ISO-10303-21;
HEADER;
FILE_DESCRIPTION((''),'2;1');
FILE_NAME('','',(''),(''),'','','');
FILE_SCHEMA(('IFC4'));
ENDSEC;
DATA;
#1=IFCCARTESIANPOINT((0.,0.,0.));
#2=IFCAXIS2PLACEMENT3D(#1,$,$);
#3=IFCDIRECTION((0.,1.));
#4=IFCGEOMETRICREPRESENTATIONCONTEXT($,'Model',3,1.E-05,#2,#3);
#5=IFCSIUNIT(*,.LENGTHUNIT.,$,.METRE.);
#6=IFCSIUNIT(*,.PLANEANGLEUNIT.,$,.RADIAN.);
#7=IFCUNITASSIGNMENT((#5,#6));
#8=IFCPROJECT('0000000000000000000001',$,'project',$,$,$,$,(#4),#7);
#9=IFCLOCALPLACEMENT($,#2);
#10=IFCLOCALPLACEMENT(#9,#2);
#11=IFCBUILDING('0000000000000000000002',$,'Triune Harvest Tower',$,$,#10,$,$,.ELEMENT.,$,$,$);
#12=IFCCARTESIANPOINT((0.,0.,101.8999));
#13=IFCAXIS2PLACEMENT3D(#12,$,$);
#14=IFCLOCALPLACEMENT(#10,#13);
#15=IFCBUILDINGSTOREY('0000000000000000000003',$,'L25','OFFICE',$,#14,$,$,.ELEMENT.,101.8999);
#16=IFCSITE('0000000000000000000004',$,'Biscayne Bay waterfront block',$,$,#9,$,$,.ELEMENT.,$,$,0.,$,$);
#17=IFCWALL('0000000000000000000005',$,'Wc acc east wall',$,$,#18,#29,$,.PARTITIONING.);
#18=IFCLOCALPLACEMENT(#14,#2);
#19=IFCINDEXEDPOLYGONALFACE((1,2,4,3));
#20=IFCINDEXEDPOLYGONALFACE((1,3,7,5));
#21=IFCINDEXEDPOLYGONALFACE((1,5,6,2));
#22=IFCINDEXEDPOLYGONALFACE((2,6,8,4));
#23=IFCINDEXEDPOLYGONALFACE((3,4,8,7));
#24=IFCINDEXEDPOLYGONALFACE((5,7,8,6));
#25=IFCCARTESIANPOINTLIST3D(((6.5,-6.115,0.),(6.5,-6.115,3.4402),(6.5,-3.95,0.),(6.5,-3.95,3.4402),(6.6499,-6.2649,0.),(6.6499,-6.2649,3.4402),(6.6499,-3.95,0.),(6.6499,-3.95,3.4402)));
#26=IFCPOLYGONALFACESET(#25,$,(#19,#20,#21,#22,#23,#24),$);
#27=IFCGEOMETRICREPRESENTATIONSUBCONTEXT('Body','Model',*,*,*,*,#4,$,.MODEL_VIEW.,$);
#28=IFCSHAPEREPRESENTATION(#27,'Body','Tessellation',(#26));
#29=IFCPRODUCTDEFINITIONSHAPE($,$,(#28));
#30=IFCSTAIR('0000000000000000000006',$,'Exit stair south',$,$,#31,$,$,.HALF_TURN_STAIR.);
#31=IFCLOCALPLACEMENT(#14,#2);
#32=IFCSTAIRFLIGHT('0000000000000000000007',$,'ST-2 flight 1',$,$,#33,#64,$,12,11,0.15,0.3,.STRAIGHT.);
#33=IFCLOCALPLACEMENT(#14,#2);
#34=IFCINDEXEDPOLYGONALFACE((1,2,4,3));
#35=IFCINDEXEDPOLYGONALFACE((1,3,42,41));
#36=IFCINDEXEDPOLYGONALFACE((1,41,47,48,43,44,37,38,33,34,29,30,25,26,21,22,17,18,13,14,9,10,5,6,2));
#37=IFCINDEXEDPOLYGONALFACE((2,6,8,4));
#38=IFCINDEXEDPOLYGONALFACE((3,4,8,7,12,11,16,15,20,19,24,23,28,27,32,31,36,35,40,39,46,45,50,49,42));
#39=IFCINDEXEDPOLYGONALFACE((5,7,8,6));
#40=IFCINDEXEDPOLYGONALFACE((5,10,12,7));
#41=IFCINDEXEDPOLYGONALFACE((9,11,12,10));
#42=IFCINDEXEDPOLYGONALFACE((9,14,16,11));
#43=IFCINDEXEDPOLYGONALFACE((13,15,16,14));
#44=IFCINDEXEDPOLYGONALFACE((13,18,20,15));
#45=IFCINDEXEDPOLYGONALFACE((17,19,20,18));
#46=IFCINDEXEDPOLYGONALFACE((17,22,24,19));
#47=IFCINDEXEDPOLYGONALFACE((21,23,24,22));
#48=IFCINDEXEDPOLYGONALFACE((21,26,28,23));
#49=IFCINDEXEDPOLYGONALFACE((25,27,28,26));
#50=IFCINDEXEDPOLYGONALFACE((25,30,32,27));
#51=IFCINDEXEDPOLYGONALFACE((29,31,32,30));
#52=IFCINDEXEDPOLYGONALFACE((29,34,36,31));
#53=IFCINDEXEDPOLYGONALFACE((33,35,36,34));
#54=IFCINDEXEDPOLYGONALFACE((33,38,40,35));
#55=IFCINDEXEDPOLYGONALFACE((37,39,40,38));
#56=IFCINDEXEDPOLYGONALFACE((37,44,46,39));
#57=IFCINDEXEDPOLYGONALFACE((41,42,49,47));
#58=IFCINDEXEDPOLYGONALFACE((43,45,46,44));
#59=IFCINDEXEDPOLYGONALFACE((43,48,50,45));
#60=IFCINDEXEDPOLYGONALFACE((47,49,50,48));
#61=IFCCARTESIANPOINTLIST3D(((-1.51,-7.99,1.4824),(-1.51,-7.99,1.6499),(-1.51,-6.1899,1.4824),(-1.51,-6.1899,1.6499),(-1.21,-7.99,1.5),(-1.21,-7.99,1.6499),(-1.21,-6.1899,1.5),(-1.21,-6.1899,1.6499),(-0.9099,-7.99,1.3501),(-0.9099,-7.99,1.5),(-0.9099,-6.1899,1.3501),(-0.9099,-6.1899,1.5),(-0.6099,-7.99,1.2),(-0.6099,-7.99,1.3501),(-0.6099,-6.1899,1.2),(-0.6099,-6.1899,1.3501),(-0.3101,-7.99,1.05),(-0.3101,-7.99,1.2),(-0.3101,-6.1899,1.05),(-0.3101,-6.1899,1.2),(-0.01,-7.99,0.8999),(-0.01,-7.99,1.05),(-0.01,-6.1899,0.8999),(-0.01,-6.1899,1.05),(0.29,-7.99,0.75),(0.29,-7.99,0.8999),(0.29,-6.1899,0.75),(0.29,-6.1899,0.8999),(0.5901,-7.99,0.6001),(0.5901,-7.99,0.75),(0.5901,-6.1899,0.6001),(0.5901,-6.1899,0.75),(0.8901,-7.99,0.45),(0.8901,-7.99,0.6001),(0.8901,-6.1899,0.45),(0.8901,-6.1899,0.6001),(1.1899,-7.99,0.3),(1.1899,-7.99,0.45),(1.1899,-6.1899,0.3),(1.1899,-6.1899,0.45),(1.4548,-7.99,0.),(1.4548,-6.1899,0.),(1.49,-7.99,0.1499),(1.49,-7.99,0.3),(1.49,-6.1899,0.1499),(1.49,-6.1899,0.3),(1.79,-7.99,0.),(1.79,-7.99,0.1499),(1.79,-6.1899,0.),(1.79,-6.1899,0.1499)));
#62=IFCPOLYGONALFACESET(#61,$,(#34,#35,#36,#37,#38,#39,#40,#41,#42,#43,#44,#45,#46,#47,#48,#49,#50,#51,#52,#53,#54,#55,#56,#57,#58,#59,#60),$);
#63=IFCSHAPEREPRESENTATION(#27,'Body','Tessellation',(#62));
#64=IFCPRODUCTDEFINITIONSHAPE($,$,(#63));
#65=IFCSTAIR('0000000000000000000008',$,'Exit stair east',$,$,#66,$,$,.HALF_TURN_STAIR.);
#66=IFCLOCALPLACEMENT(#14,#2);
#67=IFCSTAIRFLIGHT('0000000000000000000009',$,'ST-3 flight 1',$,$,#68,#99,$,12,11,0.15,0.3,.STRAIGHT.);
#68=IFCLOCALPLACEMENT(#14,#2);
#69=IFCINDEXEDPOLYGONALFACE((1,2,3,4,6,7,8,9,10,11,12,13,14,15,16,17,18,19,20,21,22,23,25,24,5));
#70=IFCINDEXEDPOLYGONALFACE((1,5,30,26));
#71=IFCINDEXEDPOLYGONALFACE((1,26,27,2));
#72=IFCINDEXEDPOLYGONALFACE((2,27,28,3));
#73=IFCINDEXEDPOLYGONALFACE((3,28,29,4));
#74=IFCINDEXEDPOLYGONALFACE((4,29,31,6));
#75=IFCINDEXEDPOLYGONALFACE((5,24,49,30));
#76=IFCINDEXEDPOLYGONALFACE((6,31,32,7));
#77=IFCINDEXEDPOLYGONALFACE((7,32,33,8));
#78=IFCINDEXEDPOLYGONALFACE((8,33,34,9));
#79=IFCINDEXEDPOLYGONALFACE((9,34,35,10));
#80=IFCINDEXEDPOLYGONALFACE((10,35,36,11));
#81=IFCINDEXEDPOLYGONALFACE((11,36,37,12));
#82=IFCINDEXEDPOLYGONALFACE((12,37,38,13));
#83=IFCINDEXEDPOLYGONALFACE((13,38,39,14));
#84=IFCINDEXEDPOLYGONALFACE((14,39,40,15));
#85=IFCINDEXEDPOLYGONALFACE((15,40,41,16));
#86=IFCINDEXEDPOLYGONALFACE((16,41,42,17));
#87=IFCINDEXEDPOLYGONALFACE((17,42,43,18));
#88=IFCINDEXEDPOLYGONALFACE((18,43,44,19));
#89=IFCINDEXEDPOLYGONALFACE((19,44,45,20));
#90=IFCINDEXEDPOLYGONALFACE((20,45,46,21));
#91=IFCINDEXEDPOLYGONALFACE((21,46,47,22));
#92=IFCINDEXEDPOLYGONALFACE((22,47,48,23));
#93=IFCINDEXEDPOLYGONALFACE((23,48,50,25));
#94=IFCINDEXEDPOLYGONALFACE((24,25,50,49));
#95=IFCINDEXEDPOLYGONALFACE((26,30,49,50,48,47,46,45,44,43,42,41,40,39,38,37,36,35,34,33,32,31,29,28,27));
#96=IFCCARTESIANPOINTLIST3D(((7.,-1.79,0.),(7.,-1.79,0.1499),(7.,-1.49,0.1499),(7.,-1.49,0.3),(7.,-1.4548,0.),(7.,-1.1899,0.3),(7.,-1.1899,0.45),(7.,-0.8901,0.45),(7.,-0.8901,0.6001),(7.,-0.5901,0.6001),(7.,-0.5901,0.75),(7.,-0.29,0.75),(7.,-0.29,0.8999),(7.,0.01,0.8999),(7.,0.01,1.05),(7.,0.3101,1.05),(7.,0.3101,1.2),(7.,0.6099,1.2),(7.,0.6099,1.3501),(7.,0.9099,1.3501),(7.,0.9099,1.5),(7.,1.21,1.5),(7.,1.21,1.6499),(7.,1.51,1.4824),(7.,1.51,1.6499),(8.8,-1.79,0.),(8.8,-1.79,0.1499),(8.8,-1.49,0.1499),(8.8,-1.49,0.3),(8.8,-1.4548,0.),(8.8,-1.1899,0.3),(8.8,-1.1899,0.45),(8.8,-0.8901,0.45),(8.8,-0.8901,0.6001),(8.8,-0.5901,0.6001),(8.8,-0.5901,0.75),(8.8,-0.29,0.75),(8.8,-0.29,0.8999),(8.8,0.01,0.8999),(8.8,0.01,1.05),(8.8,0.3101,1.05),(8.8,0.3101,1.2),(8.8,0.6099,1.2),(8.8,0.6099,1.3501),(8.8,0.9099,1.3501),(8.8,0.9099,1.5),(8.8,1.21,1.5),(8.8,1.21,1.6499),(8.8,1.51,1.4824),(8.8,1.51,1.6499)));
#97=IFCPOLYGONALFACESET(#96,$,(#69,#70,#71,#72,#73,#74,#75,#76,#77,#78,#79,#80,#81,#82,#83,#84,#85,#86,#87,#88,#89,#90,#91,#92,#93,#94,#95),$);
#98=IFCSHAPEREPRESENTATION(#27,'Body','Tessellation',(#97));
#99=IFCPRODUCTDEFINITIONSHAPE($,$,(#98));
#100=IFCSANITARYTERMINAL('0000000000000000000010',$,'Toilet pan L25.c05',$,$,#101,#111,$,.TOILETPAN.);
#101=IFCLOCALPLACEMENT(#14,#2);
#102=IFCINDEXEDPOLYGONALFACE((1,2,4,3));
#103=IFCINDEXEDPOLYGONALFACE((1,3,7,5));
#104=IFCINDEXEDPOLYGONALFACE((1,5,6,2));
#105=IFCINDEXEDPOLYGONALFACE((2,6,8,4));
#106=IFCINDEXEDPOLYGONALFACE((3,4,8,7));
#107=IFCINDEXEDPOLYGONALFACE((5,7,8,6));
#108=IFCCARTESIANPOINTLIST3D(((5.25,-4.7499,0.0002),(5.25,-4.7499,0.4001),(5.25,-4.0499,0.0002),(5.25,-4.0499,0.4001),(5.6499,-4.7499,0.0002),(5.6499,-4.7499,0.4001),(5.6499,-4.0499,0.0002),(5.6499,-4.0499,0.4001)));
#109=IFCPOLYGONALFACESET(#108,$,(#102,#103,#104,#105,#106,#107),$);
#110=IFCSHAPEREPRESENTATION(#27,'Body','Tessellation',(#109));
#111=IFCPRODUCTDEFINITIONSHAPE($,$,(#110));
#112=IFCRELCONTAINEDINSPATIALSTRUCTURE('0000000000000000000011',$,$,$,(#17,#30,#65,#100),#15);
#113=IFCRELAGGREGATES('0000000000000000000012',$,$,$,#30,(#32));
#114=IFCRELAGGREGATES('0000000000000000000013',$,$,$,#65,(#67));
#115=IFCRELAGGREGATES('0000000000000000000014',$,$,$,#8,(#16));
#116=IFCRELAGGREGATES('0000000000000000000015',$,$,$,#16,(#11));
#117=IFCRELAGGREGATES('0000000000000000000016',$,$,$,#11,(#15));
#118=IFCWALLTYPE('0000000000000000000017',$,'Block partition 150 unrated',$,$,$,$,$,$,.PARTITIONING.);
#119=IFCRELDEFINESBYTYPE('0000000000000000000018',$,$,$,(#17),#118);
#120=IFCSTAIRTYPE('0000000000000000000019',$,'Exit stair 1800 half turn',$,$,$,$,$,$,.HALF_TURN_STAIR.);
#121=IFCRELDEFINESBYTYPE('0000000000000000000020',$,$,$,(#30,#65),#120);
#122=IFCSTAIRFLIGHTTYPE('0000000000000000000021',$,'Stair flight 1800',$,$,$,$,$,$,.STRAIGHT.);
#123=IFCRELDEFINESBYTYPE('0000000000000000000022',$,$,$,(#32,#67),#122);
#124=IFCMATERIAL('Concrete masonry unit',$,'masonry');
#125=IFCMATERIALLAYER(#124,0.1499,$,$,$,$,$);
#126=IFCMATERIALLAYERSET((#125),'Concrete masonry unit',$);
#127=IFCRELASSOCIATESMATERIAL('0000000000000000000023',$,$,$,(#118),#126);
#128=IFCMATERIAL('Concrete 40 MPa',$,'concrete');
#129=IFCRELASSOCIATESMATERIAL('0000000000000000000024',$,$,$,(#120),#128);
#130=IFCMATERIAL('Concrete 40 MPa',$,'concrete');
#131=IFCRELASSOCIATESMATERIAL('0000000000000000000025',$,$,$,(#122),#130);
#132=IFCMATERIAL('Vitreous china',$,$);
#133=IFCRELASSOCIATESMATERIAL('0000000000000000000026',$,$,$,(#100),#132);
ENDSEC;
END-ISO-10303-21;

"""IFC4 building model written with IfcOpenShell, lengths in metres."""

from ifc_helpers import new_model, si_unit, direction, frame, origin, origin_2d, place, context, subcontext, project, spatial, polyline, rectangle, outline, extrude, source, transform, mapped, material, layer, layer_set, type_object, element, aggregate, save


model = new_model("IFC4")

# Units and contexts
model_context = context("Model", 3, precision=1e-05, world=origin(), true_north=direction((0.0, 1.0)))
body_context = subcontext(model_context, "Body", "Model", "MODEL_VIEW")
ifc_project = project(units=[si_unit("LENGTHUNIT", "METRE"), si_unit("PLANEANGLEUNIT", "RADIAN")], contexts=[model_context])

# Site, building, storey
site_placement = place(None, origin())
site = spatial("IfcSite", under=ifc_project, at=site_placement, Name="Biscayne Bay waterfront block", CompositionType="ELEMENT", RefElevation=0.0)
building_placement = place(site_placement, origin())
building = spatial("IfcBuilding", under=site, at=building_placement, Name="Triune Harvest Tower", CompositionType="ELEMENT")
storey_placement = place(building_placement, frame((0.0, 0.0, 101.8999)))
storey = spatial("IfcBuildingStorey", under=building, at=storey_placement, Name="L25", Description="OFFICE", CompositionType="ELEMENT", Elevation=101.8999)

# Shared definitions
ifc_material_1 = material(Name="Concrete masonry unit", Category="masonry")
ifc_layer_1 = layer(ifc_material_1, 0.1499)
ifc_layer_set_1 = layer_set([ifc_layer_1], Name="Concrete masonry unit")
wall_type_1 = type_object("IfcWallType", Name="Block partition 150 unrated", PredefinedType="PARTITIONING", material=ifc_layer_set_1)

# Wall
shared_shape_1 = source(origin(), body_context, "Body", "SweptSolid", [
    extrude(outline(polyline([(-0.075, -0.075), (2.24, -0.075), (2.24, 0.075), (0.075, 0.075), (-0.075, -0.075)])), origin(), (0.0, 0.0, 1.0), 3.4402),
])
wall_1_placement = place(storey_placement, frame((6.575, -6.1899, 0.0), z_axis=(0.0, 0.0, 1.0), x_axis=(0.0, 1.0, 0.0)))
element("IfcWall", 1, at=wall_1_placement, inside=storey, type_object=wall_type_1, Name="Wc acc east wall", PredefinedType="PARTITIONING", context=body_context, shape_type="MappedRepresentation", body=[
    mapped(shared_shape_1, transform((0.0, 0.0, 0.0), scale=1.0)),
])

# Stairs, stair flights
ifc_material_2 = material(Name="Concrete 40 MPa", Category="concrete")
stair_type = type_object("IfcStairType", Name="Exit stair 1800 half turn", PredefinedType="HALF_TURN_STAIR", material=ifc_material_2)
stair_1_placement = place(storey_placement, origin())
stair_1 = element("IfcStair", 2, at=stair_1_placement, inside=storey, type_object=stair_type, Name="Exit stair south", PredefinedType="HALF_TURN_STAIR")
ifc_material_3 = material(Name="Concrete 40 MPa", Category="concrete")
stair_flight_type = type_object("IfcStairFlightType", Name="Stair flight 1800", PredefinedType="STRAIGHT", material=ifc_material_3)
shared_shape_2 = source(origin(), body_context, "Body", "SweptSolid", [
    extrude(outline(polyline([(0.0, 0.0), (0.0, 0.1499), (0.3, 0.1499), (0.3, 0.3), (0.6001, 0.3), (0.6001, 0.45), (0.8999, 0.45), (0.8999, 0.6001), (1.2, 0.6001), (1.2, 0.75), (1.5, 0.75), (1.5, 0.8999), (1.8, 0.8999), (1.8, 1.05), (2.1001, 1.05), (2.1001, 1.2), (2.3999, 1.2), (2.3999, 1.3501), (2.7, 1.3501), (2.7, 1.5), (3.0, 1.5), (3.0, 1.6499), (3.3, 1.6499), (3.3, 1.8), (3.3, 1.4824), (0.3352, 0.0), (0.0, 0.0)])), frame((0.0, 0.8999, 0.0), z_axis=(0.0, -1.0, 0.0), x_axis=(1.0, 0.0, 0.0)), (0.0, 0.0, 1.0), 1.8),
])
stair_flight_1_placement = place(storey_placement, frame((1.79, -7.0901, 0.0), z_axis=(0.0, 0.0, 1.0), x_axis=(-1.0, 0.0, 0.0)))
stair_flight_1 = element("IfcStairFlight", 3, at=stair_flight_1_placement, type_object=stair_flight_type, Name="ST-2 flight 1", NumberOfRisers=12, NumberOfTreads=11, PredefinedType="STRAIGHT", RiserHeight=0.15, TreadLength=0.3, context=body_context, shape_type="MappedRepresentation", body=[
    mapped(shared_shape_2, transform((0.0, 0.0, 0.0), scale=1.0)),
])
aggregate(stair_1, [stair_flight_1])
stair_2_placement = place(storey_placement, origin())
stair_2 = element("IfcStair", 4, at=stair_2_placement, inside=storey, type_object=stair_type, Name="Exit stair east", PredefinedType="HALF_TURN_STAIR")
stair_flight_2_placement = place(storey_placement, frame((7.8999, -1.79, 0.0), z_axis=(0.0, 0.0, 1.0), x_axis=(0.0, 1.0, 0.0)))
stair_flight_2 = element("IfcStairFlight", 5, at=stair_flight_2_placement, type_object=stair_flight_type, Name="ST-3 flight 1", NumberOfRisers=12, NumberOfTreads=11, PredefinedType="STRAIGHT", RiserHeight=0.15, TreadLength=0.3, context=body_context, shape_type="MappedRepresentation", body=[
    mapped(shared_shape_2, transform((0.0, 0.0, 0.0), scale=1.0)),
])
aggregate(stair_2, [stair_flight_2])

# Sanitary terminal
ifc_material_4 = material(Name="Vitreous china")
shared_shape_3 = source(origin(), body_context, "Body", "SweptSolid", [
    extrude(rectangle(XDim=0.3999, YDim=0.7, at=origin_2d()), origin(), (0.0, 0.0, 1.0), 0.3999),
])
sanitary_terminal_placement = place(storey_placement, frame((5.45, -4.3999, 0.0002), z_axis=(0.0, 0.0, 1.0), x_axis=(1.0, 0.0, 0.0)))
element("IfcSanitaryTerminal", 6, at=sanitary_terminal_placement, inside=storey, material=ifc_material_4, Name="Toilet pan L25.c05", PredefinedType="TOILETPAN", context=body_context, shape_type="MappedRepresentation", body=[
    mapped(shared_shape_3, transform((0.0, 0.0, 0.0), scale=1.0)),
])

save(model, "model.ifc")
